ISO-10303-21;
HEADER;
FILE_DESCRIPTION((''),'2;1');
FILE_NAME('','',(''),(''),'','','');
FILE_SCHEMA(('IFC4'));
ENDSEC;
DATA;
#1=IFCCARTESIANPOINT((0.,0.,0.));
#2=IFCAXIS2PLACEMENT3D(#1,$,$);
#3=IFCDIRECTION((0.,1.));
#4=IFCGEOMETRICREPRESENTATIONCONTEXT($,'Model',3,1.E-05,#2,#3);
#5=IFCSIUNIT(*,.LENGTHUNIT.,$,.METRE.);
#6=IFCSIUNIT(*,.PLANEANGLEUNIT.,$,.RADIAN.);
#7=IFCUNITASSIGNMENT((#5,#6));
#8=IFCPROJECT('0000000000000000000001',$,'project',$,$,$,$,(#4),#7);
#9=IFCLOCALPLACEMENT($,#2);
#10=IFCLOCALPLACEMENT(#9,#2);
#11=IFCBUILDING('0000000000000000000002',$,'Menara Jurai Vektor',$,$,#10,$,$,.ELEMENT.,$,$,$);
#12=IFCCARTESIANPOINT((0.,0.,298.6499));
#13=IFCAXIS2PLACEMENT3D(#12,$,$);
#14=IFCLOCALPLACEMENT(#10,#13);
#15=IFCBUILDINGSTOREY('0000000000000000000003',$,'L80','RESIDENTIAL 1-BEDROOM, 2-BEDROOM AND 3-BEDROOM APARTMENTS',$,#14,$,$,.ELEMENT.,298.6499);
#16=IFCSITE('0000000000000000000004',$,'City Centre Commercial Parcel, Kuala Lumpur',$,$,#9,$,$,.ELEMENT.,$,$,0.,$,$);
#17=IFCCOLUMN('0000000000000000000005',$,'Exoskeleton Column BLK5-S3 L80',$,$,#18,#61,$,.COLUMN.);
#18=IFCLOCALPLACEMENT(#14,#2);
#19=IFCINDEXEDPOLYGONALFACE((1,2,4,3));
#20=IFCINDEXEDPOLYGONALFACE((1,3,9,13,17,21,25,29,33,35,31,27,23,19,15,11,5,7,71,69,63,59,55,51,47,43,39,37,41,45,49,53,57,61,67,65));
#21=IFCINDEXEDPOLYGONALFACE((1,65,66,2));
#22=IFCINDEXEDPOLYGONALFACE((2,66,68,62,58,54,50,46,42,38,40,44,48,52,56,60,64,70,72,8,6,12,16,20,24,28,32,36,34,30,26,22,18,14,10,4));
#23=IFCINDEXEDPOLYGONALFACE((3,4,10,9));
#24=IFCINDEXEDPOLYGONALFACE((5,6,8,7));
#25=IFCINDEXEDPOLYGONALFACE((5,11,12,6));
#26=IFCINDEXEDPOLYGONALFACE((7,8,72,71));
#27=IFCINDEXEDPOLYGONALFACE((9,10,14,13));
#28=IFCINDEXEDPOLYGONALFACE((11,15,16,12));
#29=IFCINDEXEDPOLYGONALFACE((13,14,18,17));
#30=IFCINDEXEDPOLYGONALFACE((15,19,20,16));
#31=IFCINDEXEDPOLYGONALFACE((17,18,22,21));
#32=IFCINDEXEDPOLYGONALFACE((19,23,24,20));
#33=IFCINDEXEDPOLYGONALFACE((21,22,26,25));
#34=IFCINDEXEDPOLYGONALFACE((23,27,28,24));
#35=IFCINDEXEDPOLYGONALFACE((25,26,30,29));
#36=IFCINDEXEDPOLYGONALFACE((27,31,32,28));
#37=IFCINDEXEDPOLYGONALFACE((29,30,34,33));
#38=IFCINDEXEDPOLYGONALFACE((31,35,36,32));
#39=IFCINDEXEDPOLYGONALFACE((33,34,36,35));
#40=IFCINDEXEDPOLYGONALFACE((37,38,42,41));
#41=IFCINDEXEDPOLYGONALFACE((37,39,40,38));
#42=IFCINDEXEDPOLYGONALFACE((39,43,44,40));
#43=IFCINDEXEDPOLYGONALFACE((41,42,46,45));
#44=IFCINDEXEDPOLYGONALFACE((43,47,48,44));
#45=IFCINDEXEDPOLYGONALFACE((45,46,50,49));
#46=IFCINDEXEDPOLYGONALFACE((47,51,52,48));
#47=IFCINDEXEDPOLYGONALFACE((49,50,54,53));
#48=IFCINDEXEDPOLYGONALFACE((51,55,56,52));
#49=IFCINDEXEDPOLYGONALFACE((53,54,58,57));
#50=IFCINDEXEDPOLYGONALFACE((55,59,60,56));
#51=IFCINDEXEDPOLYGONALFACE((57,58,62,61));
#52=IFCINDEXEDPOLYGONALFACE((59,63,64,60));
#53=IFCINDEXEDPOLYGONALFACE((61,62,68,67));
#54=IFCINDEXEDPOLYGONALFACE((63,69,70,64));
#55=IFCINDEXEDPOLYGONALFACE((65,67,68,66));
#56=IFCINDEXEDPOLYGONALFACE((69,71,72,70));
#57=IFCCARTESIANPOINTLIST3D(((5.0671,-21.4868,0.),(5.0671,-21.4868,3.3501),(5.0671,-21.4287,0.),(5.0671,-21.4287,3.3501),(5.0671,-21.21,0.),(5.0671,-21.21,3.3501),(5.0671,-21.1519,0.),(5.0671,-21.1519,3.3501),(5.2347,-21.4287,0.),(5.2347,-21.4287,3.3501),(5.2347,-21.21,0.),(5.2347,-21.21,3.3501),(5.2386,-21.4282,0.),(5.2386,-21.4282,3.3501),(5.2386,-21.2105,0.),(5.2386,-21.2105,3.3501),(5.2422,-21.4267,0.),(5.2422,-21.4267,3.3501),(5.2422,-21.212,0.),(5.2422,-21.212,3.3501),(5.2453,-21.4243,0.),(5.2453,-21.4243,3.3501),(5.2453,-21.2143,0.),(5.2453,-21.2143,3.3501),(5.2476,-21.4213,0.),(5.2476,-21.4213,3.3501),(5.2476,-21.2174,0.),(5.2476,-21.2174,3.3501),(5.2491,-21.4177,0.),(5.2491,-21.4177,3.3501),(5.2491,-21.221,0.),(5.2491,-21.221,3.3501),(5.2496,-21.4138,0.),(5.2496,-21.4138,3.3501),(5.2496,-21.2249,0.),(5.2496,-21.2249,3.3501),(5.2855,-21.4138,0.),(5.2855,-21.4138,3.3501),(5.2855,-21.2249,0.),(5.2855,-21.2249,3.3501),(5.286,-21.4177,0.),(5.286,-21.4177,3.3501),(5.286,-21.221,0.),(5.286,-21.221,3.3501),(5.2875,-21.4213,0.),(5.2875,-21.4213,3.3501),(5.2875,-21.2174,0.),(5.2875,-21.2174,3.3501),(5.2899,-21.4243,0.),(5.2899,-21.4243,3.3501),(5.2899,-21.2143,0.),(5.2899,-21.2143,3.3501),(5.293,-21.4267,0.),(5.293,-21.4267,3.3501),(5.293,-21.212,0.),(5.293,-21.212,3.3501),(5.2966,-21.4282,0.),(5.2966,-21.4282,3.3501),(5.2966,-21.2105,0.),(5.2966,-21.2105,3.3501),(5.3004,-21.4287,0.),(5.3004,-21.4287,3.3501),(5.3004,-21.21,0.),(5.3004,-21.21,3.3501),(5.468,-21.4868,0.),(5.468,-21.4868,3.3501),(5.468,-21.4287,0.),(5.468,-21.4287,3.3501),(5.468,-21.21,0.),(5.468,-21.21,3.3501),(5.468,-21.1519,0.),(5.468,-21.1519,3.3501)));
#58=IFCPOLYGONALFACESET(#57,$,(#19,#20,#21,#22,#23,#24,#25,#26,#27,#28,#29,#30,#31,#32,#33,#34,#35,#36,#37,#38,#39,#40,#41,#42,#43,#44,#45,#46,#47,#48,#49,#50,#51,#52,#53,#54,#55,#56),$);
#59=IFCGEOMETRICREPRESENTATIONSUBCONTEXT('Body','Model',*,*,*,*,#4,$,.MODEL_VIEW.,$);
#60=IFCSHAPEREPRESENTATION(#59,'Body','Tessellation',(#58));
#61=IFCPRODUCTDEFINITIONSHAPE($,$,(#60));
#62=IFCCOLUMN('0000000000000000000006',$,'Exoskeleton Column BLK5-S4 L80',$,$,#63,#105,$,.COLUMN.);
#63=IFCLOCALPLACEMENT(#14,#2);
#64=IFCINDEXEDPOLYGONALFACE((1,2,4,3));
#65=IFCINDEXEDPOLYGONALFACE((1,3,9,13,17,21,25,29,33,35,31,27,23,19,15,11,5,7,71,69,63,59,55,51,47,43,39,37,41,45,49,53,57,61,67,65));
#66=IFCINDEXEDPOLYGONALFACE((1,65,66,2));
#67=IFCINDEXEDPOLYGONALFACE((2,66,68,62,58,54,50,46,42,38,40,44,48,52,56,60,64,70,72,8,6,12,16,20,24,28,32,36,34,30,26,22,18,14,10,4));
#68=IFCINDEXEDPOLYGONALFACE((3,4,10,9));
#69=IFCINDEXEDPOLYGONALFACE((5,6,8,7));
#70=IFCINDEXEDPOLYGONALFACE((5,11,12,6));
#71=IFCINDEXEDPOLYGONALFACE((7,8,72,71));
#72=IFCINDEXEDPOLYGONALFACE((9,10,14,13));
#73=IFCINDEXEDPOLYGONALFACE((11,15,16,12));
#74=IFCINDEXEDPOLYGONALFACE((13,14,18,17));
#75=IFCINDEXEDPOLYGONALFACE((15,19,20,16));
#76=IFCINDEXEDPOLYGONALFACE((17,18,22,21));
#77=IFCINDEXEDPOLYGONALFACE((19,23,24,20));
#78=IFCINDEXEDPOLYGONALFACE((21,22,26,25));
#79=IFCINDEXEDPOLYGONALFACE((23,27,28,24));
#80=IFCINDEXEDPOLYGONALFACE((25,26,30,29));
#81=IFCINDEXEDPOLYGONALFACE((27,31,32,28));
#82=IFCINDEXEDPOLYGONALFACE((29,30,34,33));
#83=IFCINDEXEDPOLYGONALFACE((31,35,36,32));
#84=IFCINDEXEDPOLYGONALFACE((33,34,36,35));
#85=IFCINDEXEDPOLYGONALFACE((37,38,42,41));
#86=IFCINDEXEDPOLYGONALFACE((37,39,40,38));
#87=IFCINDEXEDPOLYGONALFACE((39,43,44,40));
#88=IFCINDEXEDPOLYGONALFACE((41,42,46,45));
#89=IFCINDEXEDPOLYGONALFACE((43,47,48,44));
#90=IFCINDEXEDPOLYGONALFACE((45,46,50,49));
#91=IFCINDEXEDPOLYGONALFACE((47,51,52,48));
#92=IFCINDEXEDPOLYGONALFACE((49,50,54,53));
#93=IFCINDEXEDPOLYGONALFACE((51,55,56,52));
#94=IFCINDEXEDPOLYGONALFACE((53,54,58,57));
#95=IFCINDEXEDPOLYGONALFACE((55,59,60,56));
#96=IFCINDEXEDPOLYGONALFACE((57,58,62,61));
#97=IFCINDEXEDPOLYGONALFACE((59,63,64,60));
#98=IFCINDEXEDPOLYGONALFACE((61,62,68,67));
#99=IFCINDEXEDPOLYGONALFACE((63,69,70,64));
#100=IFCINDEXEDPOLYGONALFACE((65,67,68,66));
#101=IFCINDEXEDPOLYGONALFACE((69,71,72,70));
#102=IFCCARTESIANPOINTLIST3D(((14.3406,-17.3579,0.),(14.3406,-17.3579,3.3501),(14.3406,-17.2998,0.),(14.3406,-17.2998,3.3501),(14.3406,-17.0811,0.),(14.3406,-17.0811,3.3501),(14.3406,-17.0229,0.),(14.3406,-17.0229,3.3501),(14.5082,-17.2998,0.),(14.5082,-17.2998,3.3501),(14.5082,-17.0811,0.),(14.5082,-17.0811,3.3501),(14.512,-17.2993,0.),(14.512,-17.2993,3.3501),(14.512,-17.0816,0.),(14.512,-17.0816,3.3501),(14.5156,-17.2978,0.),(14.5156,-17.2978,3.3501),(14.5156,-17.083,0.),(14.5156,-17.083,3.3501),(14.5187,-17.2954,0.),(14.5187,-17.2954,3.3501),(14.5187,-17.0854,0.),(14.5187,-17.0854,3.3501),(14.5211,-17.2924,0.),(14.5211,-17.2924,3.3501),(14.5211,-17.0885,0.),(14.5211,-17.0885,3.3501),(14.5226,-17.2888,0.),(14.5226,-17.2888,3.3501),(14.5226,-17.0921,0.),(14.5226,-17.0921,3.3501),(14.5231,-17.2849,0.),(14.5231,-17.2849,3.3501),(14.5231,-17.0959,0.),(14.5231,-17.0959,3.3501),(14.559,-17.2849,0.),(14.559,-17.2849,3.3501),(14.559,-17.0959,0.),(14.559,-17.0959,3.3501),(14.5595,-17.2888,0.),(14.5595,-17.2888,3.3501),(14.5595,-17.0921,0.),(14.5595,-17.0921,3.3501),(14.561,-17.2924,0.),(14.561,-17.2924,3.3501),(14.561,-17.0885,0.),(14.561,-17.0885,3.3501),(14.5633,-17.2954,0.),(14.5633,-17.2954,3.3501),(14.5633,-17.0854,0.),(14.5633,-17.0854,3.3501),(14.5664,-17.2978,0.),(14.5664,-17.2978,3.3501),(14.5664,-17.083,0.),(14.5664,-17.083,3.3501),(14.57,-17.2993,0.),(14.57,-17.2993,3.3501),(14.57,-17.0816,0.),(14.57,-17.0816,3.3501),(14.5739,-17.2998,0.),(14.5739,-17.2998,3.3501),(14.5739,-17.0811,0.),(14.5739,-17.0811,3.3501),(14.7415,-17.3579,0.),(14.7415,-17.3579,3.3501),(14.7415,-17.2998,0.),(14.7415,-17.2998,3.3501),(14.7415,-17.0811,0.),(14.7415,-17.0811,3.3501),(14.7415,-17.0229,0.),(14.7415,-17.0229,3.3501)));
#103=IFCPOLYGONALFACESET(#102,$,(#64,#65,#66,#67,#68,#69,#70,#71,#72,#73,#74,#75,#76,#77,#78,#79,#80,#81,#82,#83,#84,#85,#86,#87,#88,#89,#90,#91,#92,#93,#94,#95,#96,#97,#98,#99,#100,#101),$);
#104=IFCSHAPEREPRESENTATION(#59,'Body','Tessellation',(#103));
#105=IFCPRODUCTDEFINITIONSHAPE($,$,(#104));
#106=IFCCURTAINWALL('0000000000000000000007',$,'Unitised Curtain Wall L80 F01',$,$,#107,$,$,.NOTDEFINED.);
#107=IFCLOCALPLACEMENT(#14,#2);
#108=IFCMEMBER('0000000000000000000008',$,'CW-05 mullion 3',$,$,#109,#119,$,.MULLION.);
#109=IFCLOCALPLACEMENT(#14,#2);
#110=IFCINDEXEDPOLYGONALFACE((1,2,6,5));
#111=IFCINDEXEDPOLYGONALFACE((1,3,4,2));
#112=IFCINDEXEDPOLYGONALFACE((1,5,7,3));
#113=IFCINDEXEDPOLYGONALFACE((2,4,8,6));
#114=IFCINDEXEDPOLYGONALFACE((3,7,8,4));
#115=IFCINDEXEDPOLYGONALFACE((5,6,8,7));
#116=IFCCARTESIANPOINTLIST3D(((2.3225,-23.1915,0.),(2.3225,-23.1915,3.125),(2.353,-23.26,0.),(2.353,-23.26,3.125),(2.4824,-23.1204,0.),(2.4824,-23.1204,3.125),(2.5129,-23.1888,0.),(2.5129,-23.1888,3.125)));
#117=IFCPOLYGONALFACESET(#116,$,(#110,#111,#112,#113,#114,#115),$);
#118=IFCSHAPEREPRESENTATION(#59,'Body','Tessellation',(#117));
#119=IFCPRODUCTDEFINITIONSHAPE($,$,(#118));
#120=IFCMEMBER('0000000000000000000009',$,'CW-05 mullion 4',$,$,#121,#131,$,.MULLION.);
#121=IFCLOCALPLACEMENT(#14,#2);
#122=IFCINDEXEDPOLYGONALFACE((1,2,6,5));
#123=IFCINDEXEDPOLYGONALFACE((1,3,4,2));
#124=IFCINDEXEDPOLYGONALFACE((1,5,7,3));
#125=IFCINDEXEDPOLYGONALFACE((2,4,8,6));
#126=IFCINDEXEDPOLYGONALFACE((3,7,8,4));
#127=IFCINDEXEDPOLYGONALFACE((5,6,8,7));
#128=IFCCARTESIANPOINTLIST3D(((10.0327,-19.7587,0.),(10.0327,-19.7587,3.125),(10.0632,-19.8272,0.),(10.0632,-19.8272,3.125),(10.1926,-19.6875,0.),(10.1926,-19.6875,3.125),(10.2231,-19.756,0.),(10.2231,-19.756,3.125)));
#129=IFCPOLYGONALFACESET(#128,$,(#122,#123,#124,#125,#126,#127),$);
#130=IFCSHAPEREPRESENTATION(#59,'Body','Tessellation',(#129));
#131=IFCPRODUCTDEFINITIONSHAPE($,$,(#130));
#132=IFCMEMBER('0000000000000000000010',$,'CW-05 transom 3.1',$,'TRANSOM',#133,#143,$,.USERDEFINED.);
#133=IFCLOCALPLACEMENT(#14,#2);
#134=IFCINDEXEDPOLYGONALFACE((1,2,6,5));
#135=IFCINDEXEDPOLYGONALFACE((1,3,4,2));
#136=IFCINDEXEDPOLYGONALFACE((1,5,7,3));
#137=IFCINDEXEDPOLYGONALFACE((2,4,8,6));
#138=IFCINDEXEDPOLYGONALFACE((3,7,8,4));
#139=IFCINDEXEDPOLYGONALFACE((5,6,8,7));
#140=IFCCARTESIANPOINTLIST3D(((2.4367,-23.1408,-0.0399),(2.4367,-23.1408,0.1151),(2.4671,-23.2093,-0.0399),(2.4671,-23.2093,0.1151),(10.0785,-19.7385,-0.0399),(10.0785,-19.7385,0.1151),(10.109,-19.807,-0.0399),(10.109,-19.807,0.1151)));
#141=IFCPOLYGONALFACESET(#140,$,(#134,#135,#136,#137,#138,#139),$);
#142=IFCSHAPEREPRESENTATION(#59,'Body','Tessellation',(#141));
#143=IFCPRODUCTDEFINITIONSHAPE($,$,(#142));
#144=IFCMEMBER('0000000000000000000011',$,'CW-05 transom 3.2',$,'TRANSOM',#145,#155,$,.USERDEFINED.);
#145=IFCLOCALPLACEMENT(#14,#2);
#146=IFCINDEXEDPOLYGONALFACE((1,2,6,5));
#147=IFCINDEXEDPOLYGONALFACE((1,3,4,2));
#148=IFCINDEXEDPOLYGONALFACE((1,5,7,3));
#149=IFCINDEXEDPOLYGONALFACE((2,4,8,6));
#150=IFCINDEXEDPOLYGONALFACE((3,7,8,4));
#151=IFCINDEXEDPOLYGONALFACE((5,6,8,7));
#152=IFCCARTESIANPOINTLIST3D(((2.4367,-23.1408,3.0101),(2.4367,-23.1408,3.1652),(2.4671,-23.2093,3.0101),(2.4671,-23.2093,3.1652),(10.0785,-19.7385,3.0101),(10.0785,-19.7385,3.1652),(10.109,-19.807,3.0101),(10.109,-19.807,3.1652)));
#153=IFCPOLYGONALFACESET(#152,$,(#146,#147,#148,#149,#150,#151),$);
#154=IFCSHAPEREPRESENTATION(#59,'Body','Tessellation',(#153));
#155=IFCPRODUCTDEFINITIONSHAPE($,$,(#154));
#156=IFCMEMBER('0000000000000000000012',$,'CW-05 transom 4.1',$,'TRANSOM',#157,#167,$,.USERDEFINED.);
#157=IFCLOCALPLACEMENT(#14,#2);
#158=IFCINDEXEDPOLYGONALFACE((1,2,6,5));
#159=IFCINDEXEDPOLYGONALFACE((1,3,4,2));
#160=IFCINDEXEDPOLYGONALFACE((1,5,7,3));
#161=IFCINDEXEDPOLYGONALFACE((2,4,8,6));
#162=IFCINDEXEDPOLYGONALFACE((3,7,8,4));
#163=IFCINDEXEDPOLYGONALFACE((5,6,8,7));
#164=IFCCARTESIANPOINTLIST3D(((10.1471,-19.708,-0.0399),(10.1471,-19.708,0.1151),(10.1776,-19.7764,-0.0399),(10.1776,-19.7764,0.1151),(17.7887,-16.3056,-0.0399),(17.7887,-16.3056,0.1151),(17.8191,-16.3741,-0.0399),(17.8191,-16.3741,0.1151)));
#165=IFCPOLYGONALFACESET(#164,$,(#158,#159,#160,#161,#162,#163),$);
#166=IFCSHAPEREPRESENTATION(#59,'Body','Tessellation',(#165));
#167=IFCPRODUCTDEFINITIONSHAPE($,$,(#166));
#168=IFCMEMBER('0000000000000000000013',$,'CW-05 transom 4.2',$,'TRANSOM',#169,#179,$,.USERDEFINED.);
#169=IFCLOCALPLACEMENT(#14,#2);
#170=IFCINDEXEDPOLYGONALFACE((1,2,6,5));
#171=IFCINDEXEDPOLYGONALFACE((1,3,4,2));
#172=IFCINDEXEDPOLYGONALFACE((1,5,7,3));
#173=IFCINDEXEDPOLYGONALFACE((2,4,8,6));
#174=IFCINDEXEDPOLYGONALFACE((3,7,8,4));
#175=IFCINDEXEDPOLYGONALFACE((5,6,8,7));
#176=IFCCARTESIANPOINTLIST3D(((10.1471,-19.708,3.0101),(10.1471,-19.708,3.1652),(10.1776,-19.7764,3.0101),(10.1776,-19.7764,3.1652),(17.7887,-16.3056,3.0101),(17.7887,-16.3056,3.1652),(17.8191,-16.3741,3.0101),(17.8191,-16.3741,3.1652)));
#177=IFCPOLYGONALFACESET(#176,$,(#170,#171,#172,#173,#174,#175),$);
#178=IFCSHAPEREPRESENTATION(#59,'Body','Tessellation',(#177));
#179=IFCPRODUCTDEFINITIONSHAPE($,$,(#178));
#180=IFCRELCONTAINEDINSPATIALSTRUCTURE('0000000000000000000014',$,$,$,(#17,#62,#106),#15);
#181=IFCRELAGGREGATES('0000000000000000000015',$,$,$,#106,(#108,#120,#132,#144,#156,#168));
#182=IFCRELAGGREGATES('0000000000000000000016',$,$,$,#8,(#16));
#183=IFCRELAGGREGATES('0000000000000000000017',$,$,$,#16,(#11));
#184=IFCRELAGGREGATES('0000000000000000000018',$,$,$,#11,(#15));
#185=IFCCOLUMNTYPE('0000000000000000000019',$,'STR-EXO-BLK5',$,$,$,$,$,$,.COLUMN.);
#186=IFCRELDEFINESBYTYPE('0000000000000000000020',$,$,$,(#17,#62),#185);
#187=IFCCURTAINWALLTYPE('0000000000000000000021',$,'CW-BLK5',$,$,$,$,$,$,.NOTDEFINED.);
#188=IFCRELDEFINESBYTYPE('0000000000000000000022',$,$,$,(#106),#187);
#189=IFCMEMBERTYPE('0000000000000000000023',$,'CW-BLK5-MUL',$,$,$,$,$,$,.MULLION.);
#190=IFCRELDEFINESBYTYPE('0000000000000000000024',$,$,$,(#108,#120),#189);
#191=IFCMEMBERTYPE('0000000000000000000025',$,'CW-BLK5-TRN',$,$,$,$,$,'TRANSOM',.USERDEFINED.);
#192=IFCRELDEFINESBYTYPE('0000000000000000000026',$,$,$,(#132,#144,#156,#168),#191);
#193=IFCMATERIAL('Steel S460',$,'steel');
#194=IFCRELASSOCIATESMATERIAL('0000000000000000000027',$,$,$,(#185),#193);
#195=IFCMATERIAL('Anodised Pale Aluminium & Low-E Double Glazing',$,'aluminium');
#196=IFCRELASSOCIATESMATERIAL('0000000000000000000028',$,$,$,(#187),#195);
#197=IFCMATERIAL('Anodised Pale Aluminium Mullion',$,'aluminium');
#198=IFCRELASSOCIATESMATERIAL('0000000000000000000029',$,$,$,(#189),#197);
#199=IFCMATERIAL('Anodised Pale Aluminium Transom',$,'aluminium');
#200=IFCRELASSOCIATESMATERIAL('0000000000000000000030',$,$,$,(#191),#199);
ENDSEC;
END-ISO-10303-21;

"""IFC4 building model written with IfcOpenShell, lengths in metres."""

from ifc_helpers import new_model, si_unit, direction, frame, origin, origin_2d, place, context, subcontext, project, spatial, rectangle, i_section, extrude, material, material_profile, profile_set, type_object, element, aggregate, save


model = new_model("IFC4")

# Units and contexts
model_context = context("Model", 3, precision=1e-05, world=origin(), true_north=direction((0.0, 1.0)))
body_context = subcontext(model_context, "Body", "Model", "MODEL_VIEW")
ifc_project = project(units=[si_unit("LENGTHUNIT", "METRE"), si_unit("PLANEANGLEUNIT", "RADIAN")], contexts=[model_context])

# Site, building, storey
site_placement = place(None, origin())
site = spatial("IfcSite", under=ifc_project, at=site_placement, Name="City Centre Commercial Parcel, Kuala Lumpur", CompositionType="ELEMENT", RefElevation=0.0)
building_placement = place(site_placement, origin())
building = spatial("IfcBuilding", under=site, at=building_placement, Name="Menara Jurai Vektor", CompositionType="ELEMENT")
storey_placement = place(building_placement, frame((0.0, 0.0, 298.6499)))
storey = spatial("IfcBuildingStorey", under=building, at=storey_placement, Name="L80", Description="RESIDENTIAL 1-BEDROOM, 2-BEDROOM AND 3-BEDROOM APARTMENTS", CompositionType="ELEMENT", Elevation=298.6499)

# Columns
ifc_material_1 = material(Name="Steel S460", Category="steel")
ifc_material_profile_1 = material_profile(ifc_material_1, i_section(OverallWidth=0.4009, OverallDepth=0.335, WebThickness=0.0359, FlangeThickness=0.0581, FilletRadius=0.0149, at=origin_2d()), Name="HD 400x463")
ifc_profile_set_1 = profile_set([ifc_material_profile_1], Name="Steel S460")
column_type = type_object("IfcColumnType", Name="STR-EXO-BLK5", PredefinedType="COLUMN", material=ifc_profile_set_1)
for number, where, z_axis, x_axis, name in (
    (1, (5.2676, -21.3193, 0.0), (0.0, 0.0, 1.0), (1.0, 0.0, 0.0), "Exoskeleton Column BLK5-S3 L80"),
    (2, (14.541, -17.1904, 0.0), (0.0, 0.0, 1.0), (1.0, 0.0, 0.0), "Exoskeleton Column BLK5-S4 L80"),
):
    element("IfcColumn", number, at=place(storey_placement, frame(where, z_axis=z_axis, x_axis=x_axis)), inside=storey, type_object=column_type, Name=name, PredefinedType="COLUMN", context=body_context, shape_type="SweptSolid", body=[
        extrude(i_section(OverallWidth=0.4009, OverallDepth=0.335, WebThickness=0.0359, FlangeThickness=0.0581, FilletRadius=0.0149, at=origin_2d()), origin(), (0.0, 0.0, 1.0), 3.3501),
    ])

# Curtain wall, members
ifc_material_2 = material(Name="Anodised Pale Aluminium & Low-E Double Glazing", Category="aluminium")
curtain_wall_type = type_object("IfcCurtainWallType", Name="CW-BLK5", PredefinedType="NOTDEFINED", material=ifc_material_2)
curtain_wall_placement = place(storey_placement, origin())
curtain_wall = element("IfcCurtainWall", 3, at=curtain_wall_placement, inside=storey, type_object=curtain_wall_type, Name="Unitised Curtain Wall L80 F01", PredefinedType="NOTDEFINED")
ifc_material_3 = material(Name="Anodised Pale Aluminium Mullion", Category="aluminium")
ifc_material_profile_2 = material_profile(ifc_material_3, rectangle(XDim=0.075, YDim=0.175, at=origin_2d()), Name="ALU MUL 75x175")
ifc_profile_set_2 = profile_set([ifc_material_profile_2], Name="Anodised Pale Aluminium Mullion")
member_type_1 = type_object("IfcMemberType", Name="CW-BLK5-MUL", PredefinedType="MULLION", material=ifc_profile_set_2)
member_1_placement = place(storey_placement, frame((2.4177, -23.1902, 0.0), z_axis=(0.0, 0.0, 1.0), x_axis=(-0.406735, 0.913546, 0.0)))
member_1 = element("IfcMember", 4, at=member_1_placement, type_object=member_type_1, Name="CW-05 mullion 3", PredefinedType="MULLION", context=body_context, shape_type="SweptSolid", body=[
    extrude(rectangle(XDim=0.075, YDim=0.175, at=origin_2d()), origin(), (0.0, 0.0, 1.0), 3.125),
])
member_2_placement = place(storey_placement, frame((10.1279, -19.7573, 0.0), z_axis=(0.0, 0.0, 1.0), x_axis=(-0.406735, 0.913546, 0.0)))
member_2 = element("IfcMember", 5, at=member_2_placement, type_object=member_type_1, Name="CW-05 mullion 4", PredefinedType="MULLION", context=body_context, shape_type="SweptSolid", body=[
    extrude(rectangle(XDim=0.075, YDim=0.175, at=origin_2d()), origin(), (0.0, 0.0, 1.0), 3.125),
])
ifc_material_4 = material(Name="Anodised Pale Aluminium Transom", Category="aluminium")
ifc_material_profile_3 = material_profile(ifc_material_4, rectangle(XDim=0.075, YDim=0.155, at=origin_2d()), Name="ALU TRN 75x155")
ifc_profile_set_3 = profile_set([ifc_material_profile_3], Name="Anodised Pale Aluminium Transom")
member_type_2 = type_object("IfcMemberType", Name="CW-BLK5-TRN", ElementType="TRANSOM", PredefinedType="USERDEFINED", material=ifc_profile_set_3)
member_3_placement = place(storey_placement, frame((2.4519, -23.175, 0.0376), z_axis=(0.913547, 0.406734, 0.0), x_axis=(-0.406734, 0.913547, 0.0)))
member_3 = element("IfcMember", 6, at=member_3_placement, type_object=member_type_2, Name="CW-05 transom 3.1", ObjectType="TRANSOM", PredefinedType="USERDEFINED", context=body_context, shape_type="SweptSolid", body=[
    extrude(rectangle(XDim=0.075, YDim=0.155, at=origin_2d()), origin(), (0.0, 0.0, 1.0), 8.365),
])
member_4_placement = place(storey_placement, frame((2.4519, -23.175, 3.0876), z_axis=(0.913547, 0.406734, 0.0), x_axis=(-0.406734, 0.913547, 0.0)))
member_4 = element("IfcMember", 7, at=member_4_placement, type_object=member_type_2, Name="CW-05 transom 3.2", ObjectType="TRANSOM", PredefinedType="USERDEFINED", context=body_context, shape_type="SweptSolid", body=[
    extrude(rectangle(XDim=0.075, YDim=0.155, at=origin_2d()), origin(), (0.0, 0.0, 1.0), 8.365),
])
member_5_placement = place(storey_placement, frame((10.1624, -19.7422, 0.0376), z_axis=(0.913542, 0.406745, 0.0), x_axis=(-0.406745, 0.913542, 0.0)))
member_5 = element("IfcMember", 8, at=member_5_placement, type_object=member_type_2, Name="CW-05 transom 4.1", ObjectType="TRANSOM", PredefinedType="USERDEFINED", context=body_context, shape_type="SweptSolid", body=[
    extrude(rectangle(XDim=0.075, YDim=0.155, at=origin_2d()), origin(), (0.0, 0.0, 1.0), 8.3647),
])
member_6_placement = place(storey_placement, frame((10.1624, -19.7422, 3.0876), z_axis=(0.913542, 0.406745, 0.0), x_axis=(-0.406745, 0.913542, 0.0)))
member_6 = element("IfcMember", 9, at=member_6_placement, type_object=member_type_2, Name="CW-05 transom 4.2", ObjectType="TRANSOM", PredefinedType="USERDEFINED", context=body_context, shape_type="SweptSolid", body=[
    extrude(rectangle(XDim=0.075, YDim=0.155, at=origin_2d()), origin(), (0.0, 0.0, 1.0), 8.3647),
])

aggregate(curtain_wall, [member_1, member_2, member_3, member_4, member_5, member_6])

save(model, "model.ifc")
